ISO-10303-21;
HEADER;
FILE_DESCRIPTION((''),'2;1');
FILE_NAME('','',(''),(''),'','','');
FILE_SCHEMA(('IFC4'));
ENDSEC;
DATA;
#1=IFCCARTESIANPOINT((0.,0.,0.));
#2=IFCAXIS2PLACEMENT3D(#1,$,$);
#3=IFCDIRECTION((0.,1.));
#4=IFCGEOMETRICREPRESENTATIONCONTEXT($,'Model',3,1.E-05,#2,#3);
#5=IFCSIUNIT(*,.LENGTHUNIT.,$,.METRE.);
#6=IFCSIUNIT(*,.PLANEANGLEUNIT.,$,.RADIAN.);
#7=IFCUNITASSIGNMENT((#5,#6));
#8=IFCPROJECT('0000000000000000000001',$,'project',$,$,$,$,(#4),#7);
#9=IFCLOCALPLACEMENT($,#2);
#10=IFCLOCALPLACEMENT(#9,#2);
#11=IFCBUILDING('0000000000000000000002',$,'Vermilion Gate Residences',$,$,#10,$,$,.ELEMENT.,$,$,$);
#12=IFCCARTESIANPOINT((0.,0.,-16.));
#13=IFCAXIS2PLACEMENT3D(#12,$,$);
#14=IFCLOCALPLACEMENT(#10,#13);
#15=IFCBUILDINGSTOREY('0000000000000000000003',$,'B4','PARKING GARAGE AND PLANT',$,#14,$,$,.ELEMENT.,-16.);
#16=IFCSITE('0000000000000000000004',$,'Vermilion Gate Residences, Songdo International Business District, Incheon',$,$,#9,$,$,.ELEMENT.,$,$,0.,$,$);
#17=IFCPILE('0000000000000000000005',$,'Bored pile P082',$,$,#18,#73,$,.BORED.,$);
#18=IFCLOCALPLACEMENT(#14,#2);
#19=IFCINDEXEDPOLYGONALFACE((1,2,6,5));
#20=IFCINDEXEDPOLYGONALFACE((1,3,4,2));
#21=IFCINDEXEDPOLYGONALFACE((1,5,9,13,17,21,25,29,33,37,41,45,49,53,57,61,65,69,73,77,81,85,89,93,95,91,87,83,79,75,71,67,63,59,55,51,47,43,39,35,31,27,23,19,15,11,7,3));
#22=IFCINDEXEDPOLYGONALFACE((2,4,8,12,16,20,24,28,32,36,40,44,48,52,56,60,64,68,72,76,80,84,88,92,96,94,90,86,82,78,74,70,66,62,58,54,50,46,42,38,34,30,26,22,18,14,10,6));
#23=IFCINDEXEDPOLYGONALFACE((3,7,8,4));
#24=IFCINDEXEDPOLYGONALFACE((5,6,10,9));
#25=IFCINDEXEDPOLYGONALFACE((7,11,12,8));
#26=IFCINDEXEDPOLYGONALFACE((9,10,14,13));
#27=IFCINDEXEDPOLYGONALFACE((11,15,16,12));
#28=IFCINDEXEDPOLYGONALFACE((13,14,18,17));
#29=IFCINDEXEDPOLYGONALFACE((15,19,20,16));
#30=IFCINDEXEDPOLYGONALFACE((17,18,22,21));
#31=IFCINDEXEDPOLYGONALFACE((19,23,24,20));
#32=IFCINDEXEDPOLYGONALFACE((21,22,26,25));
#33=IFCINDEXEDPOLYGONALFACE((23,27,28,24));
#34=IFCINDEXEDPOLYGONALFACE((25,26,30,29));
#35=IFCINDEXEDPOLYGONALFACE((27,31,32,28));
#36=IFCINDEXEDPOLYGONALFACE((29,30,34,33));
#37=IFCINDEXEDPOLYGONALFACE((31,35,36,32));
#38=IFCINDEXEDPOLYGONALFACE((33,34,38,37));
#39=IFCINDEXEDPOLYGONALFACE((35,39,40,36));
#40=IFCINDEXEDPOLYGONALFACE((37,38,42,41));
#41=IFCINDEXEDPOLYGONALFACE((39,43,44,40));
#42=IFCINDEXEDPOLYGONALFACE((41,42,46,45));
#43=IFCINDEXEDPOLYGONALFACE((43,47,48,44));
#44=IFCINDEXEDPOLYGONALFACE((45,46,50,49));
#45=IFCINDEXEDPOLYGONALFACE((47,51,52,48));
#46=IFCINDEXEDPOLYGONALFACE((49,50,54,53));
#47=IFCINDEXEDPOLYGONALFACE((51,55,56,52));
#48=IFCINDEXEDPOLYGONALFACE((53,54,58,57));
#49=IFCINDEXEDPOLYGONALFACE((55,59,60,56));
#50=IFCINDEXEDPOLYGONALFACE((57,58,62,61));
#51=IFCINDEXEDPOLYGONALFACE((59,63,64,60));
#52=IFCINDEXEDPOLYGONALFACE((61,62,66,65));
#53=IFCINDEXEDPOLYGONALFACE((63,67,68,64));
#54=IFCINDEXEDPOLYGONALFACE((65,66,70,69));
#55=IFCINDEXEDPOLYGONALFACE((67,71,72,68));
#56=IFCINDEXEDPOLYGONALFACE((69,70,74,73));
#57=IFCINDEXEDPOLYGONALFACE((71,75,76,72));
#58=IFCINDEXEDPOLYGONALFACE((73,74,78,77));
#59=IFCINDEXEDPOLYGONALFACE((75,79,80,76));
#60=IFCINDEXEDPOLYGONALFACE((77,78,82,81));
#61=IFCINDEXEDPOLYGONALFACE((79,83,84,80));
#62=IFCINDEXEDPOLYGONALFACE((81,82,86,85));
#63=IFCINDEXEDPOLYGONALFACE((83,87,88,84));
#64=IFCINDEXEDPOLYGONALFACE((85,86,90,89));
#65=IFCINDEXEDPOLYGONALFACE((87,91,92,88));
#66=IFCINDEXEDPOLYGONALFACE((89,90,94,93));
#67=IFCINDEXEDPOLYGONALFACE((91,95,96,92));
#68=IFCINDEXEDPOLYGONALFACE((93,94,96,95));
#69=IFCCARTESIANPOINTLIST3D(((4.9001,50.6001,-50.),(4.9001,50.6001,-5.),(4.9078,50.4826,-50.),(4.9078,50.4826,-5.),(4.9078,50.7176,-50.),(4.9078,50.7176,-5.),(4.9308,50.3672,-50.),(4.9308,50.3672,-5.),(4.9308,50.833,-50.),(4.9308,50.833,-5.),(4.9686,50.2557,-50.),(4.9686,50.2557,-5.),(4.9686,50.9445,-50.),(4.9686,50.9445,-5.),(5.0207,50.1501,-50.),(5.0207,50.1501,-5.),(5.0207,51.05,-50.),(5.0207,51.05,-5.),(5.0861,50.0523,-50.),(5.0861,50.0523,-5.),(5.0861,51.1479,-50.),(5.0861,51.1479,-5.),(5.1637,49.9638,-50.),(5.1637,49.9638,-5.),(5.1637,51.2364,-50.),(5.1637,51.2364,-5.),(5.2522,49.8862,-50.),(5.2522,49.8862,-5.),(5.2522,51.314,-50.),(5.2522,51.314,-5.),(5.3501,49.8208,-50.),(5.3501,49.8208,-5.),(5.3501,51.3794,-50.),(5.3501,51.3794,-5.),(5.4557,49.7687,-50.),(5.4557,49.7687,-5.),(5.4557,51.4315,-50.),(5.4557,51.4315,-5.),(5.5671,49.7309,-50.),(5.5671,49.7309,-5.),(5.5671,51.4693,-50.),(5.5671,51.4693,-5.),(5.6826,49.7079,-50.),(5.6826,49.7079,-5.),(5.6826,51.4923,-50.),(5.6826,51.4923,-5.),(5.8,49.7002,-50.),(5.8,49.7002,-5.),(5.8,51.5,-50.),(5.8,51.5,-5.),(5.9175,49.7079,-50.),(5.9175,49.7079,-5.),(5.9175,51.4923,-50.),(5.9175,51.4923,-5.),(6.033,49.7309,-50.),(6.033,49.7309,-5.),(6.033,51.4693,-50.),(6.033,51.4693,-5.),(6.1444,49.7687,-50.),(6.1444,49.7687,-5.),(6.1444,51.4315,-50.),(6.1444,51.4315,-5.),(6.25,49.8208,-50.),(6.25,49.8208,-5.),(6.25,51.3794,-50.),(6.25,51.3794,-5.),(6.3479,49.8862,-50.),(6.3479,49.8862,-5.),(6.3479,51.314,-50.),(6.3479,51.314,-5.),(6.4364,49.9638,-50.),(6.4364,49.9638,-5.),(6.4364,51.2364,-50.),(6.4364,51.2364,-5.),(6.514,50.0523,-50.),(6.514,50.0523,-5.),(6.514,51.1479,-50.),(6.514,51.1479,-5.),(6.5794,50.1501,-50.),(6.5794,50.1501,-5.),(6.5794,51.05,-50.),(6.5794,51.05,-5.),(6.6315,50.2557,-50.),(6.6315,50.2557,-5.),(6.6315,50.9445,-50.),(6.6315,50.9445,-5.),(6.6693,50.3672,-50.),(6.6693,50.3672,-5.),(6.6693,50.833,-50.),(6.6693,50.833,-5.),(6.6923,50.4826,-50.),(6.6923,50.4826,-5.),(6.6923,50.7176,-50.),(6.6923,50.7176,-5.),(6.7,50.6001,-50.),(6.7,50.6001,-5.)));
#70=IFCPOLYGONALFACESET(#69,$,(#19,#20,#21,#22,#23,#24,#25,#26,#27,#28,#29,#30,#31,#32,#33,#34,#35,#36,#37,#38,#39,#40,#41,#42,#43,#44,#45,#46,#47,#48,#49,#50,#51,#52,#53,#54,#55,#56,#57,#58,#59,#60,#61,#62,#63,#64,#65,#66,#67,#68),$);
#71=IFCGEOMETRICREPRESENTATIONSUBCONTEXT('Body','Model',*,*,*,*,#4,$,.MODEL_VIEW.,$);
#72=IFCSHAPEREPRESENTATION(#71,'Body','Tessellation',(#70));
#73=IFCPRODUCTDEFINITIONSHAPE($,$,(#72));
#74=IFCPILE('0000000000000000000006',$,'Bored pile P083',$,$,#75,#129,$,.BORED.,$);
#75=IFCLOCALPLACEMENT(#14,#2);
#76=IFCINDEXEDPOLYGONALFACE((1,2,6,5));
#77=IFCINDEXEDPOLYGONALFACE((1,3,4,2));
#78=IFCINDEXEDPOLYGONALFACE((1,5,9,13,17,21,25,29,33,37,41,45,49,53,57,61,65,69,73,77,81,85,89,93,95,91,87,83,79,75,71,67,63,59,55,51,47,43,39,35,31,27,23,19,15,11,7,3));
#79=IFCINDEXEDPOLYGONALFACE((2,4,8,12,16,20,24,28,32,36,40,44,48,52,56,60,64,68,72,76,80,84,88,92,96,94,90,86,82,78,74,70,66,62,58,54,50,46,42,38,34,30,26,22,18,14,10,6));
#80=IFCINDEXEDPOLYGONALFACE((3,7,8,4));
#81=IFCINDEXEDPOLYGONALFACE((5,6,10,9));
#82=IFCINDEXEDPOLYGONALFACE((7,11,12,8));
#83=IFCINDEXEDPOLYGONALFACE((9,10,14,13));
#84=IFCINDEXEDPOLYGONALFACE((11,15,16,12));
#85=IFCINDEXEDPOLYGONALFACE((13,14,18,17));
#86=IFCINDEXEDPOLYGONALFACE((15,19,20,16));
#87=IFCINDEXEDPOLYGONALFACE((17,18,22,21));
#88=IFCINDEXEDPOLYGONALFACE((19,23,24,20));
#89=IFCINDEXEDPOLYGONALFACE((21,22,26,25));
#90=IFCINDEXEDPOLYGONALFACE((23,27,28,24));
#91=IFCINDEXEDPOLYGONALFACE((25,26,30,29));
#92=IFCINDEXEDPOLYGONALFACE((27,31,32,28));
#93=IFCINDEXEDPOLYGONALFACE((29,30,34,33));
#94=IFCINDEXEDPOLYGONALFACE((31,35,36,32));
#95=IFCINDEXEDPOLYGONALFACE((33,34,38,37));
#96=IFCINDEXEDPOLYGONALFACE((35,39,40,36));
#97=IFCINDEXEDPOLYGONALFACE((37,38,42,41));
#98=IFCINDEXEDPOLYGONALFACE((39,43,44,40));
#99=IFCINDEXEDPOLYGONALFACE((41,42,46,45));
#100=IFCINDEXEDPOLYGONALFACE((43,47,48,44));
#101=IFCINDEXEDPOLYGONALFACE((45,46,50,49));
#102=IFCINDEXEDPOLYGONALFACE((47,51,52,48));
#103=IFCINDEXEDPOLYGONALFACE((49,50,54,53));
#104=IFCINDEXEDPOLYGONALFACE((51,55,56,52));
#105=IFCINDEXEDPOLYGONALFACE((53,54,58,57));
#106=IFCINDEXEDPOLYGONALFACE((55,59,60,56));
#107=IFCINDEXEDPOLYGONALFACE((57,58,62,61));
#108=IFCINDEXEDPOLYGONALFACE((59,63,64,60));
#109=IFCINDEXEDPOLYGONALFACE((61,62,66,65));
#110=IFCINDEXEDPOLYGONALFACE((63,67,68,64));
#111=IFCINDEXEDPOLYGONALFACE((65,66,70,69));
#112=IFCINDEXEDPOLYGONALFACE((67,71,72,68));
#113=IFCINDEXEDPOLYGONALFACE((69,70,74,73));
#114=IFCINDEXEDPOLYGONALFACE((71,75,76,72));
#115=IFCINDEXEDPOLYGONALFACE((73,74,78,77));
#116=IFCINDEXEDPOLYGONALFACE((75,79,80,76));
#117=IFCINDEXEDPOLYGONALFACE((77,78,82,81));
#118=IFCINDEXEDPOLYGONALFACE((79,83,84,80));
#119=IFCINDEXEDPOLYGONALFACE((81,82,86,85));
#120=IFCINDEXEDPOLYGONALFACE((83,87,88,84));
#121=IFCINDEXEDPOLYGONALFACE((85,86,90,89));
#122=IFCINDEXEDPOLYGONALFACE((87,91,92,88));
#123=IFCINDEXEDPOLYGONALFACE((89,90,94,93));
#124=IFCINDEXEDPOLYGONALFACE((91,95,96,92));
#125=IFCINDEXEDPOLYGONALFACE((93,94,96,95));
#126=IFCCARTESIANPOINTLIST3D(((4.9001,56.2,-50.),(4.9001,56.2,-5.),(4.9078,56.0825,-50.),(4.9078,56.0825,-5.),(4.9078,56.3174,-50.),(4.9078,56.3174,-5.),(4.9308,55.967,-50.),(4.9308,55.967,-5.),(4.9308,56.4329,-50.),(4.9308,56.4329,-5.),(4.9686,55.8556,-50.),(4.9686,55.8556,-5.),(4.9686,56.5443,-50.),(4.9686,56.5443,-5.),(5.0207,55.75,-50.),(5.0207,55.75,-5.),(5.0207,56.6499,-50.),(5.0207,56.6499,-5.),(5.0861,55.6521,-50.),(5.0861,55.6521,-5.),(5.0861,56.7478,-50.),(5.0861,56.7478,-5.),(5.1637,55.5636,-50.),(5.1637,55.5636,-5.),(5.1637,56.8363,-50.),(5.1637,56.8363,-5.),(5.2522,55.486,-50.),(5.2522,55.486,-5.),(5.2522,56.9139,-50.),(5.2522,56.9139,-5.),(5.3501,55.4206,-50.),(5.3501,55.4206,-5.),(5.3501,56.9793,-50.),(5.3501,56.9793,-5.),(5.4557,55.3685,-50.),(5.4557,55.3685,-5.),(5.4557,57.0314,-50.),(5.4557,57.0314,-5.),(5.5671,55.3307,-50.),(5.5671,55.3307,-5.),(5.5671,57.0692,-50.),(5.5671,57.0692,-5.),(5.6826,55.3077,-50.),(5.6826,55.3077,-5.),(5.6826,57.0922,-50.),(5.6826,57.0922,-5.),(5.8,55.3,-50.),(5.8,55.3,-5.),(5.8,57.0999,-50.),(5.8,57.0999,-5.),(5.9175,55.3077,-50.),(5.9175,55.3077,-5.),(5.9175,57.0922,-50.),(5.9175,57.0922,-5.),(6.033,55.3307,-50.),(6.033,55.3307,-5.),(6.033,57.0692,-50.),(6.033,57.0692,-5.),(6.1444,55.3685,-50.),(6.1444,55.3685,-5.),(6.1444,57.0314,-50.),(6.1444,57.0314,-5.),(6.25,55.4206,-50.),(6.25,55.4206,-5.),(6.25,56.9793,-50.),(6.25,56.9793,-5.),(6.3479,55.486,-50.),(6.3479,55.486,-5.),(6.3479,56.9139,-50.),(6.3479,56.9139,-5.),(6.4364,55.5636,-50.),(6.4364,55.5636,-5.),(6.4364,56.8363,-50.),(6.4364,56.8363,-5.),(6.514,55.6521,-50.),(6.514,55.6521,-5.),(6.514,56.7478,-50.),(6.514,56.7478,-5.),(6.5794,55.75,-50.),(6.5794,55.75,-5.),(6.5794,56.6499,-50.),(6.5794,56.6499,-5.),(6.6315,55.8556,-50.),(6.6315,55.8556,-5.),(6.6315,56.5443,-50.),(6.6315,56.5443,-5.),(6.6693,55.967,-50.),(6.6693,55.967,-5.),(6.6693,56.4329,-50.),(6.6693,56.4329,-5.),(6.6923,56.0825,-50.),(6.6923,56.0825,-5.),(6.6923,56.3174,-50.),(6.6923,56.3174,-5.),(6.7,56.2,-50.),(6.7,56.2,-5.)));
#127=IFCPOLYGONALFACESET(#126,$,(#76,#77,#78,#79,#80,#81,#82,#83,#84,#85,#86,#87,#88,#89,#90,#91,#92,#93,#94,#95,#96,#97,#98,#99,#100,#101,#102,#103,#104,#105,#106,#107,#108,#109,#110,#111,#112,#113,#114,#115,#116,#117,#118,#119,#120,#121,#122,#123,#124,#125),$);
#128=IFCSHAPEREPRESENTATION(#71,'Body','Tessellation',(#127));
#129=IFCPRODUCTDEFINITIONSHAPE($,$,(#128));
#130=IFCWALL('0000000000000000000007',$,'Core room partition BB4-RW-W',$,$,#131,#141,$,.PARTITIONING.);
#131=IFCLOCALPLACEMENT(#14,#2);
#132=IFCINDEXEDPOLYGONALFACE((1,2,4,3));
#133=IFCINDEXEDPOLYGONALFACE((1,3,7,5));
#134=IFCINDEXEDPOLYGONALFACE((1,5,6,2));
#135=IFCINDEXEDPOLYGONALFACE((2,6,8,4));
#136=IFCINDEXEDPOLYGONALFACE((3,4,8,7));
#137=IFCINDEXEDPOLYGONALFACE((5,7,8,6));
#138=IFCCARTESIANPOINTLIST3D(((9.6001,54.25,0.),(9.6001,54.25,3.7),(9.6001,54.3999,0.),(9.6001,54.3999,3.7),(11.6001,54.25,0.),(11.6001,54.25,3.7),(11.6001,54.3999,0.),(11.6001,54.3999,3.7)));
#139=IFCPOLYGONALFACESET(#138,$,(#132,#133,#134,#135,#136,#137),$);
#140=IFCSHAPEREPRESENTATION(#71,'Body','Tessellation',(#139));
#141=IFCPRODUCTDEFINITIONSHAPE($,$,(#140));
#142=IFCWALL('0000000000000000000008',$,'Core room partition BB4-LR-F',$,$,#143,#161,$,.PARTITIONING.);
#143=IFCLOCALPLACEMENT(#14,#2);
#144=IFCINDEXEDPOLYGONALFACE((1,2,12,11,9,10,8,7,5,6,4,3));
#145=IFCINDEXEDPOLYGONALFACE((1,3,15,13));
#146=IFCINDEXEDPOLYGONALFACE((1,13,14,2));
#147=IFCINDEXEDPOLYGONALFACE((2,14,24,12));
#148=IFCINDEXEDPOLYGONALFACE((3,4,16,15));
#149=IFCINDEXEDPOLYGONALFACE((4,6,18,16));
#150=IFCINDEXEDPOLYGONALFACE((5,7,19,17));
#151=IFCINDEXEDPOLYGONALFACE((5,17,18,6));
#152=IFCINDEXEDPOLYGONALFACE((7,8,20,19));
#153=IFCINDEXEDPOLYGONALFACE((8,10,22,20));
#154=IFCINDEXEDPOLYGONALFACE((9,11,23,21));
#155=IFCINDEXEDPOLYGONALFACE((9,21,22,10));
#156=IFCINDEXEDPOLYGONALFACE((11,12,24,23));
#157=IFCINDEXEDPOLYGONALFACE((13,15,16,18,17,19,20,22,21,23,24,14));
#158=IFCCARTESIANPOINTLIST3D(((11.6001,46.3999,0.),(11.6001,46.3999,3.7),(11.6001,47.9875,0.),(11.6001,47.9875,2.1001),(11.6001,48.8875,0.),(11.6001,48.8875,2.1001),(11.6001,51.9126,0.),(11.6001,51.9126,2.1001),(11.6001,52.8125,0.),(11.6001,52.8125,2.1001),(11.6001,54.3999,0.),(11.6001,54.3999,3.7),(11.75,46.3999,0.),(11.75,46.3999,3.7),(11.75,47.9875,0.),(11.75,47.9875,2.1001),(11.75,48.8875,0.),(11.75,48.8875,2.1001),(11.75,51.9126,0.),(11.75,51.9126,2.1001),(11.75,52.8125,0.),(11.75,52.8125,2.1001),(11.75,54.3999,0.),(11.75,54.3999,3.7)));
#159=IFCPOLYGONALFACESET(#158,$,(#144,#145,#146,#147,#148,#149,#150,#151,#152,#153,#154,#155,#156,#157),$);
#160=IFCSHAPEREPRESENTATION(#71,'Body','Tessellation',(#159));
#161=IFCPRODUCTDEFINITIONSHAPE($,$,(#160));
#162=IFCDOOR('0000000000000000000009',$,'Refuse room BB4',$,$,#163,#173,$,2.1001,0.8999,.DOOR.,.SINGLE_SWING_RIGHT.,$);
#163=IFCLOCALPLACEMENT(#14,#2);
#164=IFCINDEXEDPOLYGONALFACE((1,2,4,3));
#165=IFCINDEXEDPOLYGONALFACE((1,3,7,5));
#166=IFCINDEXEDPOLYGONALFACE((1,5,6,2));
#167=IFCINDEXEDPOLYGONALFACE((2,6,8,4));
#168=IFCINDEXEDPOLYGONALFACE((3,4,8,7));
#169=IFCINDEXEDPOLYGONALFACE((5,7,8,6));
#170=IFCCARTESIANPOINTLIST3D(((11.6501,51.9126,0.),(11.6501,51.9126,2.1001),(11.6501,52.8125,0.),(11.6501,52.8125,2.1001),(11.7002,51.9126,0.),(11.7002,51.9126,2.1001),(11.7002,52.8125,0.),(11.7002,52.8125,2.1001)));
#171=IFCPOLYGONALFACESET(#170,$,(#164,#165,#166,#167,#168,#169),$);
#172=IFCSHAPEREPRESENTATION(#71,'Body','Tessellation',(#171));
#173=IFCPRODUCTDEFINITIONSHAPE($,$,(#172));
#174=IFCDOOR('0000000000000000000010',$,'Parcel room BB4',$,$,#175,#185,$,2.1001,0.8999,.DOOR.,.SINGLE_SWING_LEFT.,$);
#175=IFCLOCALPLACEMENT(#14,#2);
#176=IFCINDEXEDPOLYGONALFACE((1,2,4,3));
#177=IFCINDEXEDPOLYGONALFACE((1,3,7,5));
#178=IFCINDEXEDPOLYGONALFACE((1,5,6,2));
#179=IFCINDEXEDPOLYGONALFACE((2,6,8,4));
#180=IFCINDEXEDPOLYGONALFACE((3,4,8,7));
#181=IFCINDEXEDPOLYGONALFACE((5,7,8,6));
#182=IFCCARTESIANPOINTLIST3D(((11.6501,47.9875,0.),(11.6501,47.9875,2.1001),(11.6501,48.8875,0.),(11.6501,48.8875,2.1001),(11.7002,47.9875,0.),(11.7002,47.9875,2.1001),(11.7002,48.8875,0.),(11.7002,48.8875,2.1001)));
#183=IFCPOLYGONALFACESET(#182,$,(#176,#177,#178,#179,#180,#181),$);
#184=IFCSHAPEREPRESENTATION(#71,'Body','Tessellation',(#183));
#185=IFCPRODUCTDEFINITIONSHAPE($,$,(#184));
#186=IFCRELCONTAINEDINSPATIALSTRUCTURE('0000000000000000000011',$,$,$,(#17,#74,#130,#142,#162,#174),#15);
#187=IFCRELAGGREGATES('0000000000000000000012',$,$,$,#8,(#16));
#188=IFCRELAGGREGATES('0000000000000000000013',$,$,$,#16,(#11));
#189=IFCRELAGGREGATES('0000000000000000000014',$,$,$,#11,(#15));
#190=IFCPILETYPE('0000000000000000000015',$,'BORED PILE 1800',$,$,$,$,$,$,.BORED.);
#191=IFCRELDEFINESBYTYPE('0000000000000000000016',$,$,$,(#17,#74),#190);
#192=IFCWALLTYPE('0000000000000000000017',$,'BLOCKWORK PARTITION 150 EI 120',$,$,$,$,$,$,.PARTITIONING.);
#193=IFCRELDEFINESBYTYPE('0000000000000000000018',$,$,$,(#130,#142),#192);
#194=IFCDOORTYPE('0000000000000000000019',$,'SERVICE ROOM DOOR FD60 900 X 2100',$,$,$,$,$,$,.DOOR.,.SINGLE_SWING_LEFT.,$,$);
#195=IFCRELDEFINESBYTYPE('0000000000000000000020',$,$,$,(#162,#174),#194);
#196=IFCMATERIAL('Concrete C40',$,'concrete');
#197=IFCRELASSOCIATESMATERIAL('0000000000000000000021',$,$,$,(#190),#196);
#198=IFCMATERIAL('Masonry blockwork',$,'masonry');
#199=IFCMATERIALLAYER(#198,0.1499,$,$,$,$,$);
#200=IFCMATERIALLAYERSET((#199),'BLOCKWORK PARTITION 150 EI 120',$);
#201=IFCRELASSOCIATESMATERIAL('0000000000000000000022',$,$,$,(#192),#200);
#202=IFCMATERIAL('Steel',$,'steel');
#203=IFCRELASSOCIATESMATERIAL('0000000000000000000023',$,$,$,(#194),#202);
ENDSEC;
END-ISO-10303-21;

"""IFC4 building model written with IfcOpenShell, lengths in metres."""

from ifc_helpers import new_model, si_unit, direction, frame, frame_2d, origin, origin_2d, place, context, subcontext, project, spatial, rectangle, circle, extrude, material, layer, layer_set, material_profile, profile_set, type_object, element, fill, save


model = new_model("IFC4")

# Units and contexts
model_context = context("Model", 3, precision=1e-05, world=origin(), true_north=direction((0.0, 1.0)))
body_context = subcontext(model_context, "Body", "Model", "MODEL_VIEW")
ifc_project = project(units=[si_unit("LENGTHUNIT", "METRE"), si_unit("PLANEANGLEUNIT", "RADIAN")], contexts=[model_context])

# Site, building, storey
site_placement = place(None, origin())
site = spatial("IfcSite", under=ifc_project, at=site_placement, Name="Vermilion Gate Residences, Songdo International Business District, Incheon", CompositionType="ELEMENT", RefElevation=0.0)
building_placement = place(site_placement, origin())
building = spatial("IfcBuilding", under=site, at=building_placement, Name="Vermilion Gate Residences", CompositionType="ELEMENT")
storey_placement = place(building_placement, frame((0.0, 0.0, -16.0)))
storey = spatial("IfcBuildingStorey", under=building, at=storey_placement, Name="B4", Description="PARKING GARAGE AND PLANT", CompositionType="ELEMENT", Elevation=-16.0)

# Piles
ifc_material_1 = material(Name="Concrete C40", Category="concrete")
ifc_material_profile = material_profile(ifc_material_1, circle(Radius=0.8999, at=origin_2d()), Name="BORED PILE 1800")
ifc_profile_set = profile_set([ifc_material_profile], Name="Concrete C40")
pile_type = type_object("IfcPileType", Name="BORED PILE 1800", PredefinedType="BORED", material=ifc_profile_set)
for number, where, z_axis, x_axis, name in (
    (1, (5.8, 50.6001, -5.0), (0.0, 0.0, -1.0), (1.0, 0.0, 0.0), "Bored pile P082"),
    (2, (5.8, 56.2, -5.0), (0.0, 0.0, -1.0), (1.0, 0.0, 0.0), "Bored pile P083"),
):
    element("IfcPile", number, at=place(storey_placement, frame(where, z_axis=z_axis, x_axis=x_axis)), inside=storey, type_object=pile_type, Name=name, PredefinedType="BORED", context=body_context, shape_type="SweptSolid", body=[
        extrude(circle(Radius=0.8999, at=origin_2d()), origin(), (0.0, 0.0, 1.0), 45.0),
    ])

# Wall
ifc_material_2 = material(Name="Masonry blockwork", Category="masonry")
ifc_layer_1 = layer(ifc_material_2, 0.1499)
ifc_layer_set_1 = layer_set([ifc_layer_1], Name="BLOCKWORK PARTITION 150 EI 120")
wall_type_1 = type_object("IfcWallType", Name="BLOCKWORK PARTITION 150 EI 120", PredefinedType="PARTITIONING", material=ifc_layer_set_1)
wall_1_placement = place(storey_placement, frame((9.6001, 54.325, 0.0), z_axis=(0.0, 0.0, 1.0), x_axis=(1.0, 0.0, 0.0)))
element("IfcWall", 3, at=wall_1_placement, inside=storey, type_object=wall_type_1, Name="Core room partition BB4-RW-W", PredefinedType="PARTITIONING", context=body_context, shape_type="SweptSolid", body=[
    extrude(rectangle(XDim=2.0, YDim=0.1499, at=frame_2d((1.0, 0.0))), origin(), (0.0, 0.0, 1.0), 3.7),
])

# Wall, openings, doors
wall_2_placement = place(storey_placement, frame((11.675, 54.3999, 0.0), z_axis=(0.0, 0.0, 1.0), x_axis=(0.0, -1.0, 0.0)))
wall_2 = element("IfcWall", 4, at=wall_2_placement, inside=storey, type_object=wall_type_1, Name="Core room partition BB4-LR-F", PredefinedType="PARTITIONING", context=body_context, shape_type="SweptSolid", body=[
    extrude(rectangle(XDim=8.0, YDim=0.1499, at=frame_2d((4.0, 0.0))), origin(), (0.0, 0.0, 1.0), 3.7),
])
opening_1_placement = place(wall_2_placement, frame((1.5874, 0.0, 0.0)))
opening_1 = element("IfcOpeningElement", 5, at=opening_1_placement, cuts=wall_2, PredefinedType="OPENING", context=body_context, shape_type="SweptSolid", body=[
    extrude(rectangle(XDim=0.8999, YDim=2.1001, at=frame_2d((0.45, 1.05))), frame((0.0, 0.085, 0.0), z_axis=(0.0, -1.0, 0.0), x_axis=(1.0, 0.0, 0.0)), (0.0, 0.0, 1.0), 0.1699),
])
opening_2_placement = place(wall_2_placement, frame((5.5125, 0.0, 0.0)))
opening_2 = element("IfcOpeningElement", 6, at=opening_2_placement, cuts=wall_2, PredefinedType="OPENING", context=body_context, shape_type="SweptSolid", body=[
    extrude(rectangle(XDim=0.8999, YDim=2.1001, at=frame_2d((0.45, 1.05))), frame((0.0, 0.085, 0.0), z_axis=(0.0, -1.0, 0.0), x_axis=(1.0, 0.0, 0.0)), (0.0, 0.0, 1.0), 0.1699),
])
ifc_material_3 = material(Name="Steel", Category="steel")
door_type_1 = type_object("IfcDoorType", Name="SERVICE ROOM DOOR FD60 900 X 2100", OperationType="SINGLE_SWING_LEFT", PredefinedType="DOOR", material=ifc_material_3)
door_1_placement = place(opening_1_placement, frame((0.8999, 0.0, 0.0), z_axis=(0.0, 0.0, 1.0), x_axis=(-1.0, 0.0, 0.0)))
door_1 = element("IfcDoor", 7, at=door_1_placement, inside=storey, type_object=door_type_1, Name="Refuse room BB4", OperationType="SINGLE_SWING_RIGHT", OverallHeight=2.1001, OverallWidth=0.8999, PredefinedType="DOOR", context=body_context, shape_type="SweptSolid", body=[
    extrude(rectangle(XDim=0.8999, YDim=2.1001, at=frame_2d((0.45, 1.05))), frame((0.0, 0.0249, 0.0), z_axis=(0.0, -1.0, 0.0), x_axis=(1.0, 0.0, 0.0)), (0.0, 0.0, 1.0), 0.05),
])
fill(opening_1, door_1)
door_2_placement = place(opening_2_placement, frame((0.8999, 0.0, 0.0), z_axis=(0.0, 0.0, 1.0), x_axis=(-1.0, 0.0, 0.0)))
door_2 = element("IfcDoor", 8, at=door_2_placement, inside=storey, type_object=door_type_1, Name="Parcel room BB4", OperationType="SINGLE_SWING_LEFT", OverallHeight=2.1001, OverallWidth=0.8999, PredefinedType="DOOR", context=body_context, shape_type="SweptSolid", body=[
    extrude(rectangle(XDim=0.8999, YDim=2.1001, at=frame_2d((0.45, 1.05))), frame((0.0, 0.0249, 0.0), z_axis=(0.0, -1.0, 0.0), x_axis=(1.0, 0.0, 0.0)), (0.0, 0.0, 1.0), 0.05),
])
fill(opening_2, door_2)

save(model, "model.ifc")
